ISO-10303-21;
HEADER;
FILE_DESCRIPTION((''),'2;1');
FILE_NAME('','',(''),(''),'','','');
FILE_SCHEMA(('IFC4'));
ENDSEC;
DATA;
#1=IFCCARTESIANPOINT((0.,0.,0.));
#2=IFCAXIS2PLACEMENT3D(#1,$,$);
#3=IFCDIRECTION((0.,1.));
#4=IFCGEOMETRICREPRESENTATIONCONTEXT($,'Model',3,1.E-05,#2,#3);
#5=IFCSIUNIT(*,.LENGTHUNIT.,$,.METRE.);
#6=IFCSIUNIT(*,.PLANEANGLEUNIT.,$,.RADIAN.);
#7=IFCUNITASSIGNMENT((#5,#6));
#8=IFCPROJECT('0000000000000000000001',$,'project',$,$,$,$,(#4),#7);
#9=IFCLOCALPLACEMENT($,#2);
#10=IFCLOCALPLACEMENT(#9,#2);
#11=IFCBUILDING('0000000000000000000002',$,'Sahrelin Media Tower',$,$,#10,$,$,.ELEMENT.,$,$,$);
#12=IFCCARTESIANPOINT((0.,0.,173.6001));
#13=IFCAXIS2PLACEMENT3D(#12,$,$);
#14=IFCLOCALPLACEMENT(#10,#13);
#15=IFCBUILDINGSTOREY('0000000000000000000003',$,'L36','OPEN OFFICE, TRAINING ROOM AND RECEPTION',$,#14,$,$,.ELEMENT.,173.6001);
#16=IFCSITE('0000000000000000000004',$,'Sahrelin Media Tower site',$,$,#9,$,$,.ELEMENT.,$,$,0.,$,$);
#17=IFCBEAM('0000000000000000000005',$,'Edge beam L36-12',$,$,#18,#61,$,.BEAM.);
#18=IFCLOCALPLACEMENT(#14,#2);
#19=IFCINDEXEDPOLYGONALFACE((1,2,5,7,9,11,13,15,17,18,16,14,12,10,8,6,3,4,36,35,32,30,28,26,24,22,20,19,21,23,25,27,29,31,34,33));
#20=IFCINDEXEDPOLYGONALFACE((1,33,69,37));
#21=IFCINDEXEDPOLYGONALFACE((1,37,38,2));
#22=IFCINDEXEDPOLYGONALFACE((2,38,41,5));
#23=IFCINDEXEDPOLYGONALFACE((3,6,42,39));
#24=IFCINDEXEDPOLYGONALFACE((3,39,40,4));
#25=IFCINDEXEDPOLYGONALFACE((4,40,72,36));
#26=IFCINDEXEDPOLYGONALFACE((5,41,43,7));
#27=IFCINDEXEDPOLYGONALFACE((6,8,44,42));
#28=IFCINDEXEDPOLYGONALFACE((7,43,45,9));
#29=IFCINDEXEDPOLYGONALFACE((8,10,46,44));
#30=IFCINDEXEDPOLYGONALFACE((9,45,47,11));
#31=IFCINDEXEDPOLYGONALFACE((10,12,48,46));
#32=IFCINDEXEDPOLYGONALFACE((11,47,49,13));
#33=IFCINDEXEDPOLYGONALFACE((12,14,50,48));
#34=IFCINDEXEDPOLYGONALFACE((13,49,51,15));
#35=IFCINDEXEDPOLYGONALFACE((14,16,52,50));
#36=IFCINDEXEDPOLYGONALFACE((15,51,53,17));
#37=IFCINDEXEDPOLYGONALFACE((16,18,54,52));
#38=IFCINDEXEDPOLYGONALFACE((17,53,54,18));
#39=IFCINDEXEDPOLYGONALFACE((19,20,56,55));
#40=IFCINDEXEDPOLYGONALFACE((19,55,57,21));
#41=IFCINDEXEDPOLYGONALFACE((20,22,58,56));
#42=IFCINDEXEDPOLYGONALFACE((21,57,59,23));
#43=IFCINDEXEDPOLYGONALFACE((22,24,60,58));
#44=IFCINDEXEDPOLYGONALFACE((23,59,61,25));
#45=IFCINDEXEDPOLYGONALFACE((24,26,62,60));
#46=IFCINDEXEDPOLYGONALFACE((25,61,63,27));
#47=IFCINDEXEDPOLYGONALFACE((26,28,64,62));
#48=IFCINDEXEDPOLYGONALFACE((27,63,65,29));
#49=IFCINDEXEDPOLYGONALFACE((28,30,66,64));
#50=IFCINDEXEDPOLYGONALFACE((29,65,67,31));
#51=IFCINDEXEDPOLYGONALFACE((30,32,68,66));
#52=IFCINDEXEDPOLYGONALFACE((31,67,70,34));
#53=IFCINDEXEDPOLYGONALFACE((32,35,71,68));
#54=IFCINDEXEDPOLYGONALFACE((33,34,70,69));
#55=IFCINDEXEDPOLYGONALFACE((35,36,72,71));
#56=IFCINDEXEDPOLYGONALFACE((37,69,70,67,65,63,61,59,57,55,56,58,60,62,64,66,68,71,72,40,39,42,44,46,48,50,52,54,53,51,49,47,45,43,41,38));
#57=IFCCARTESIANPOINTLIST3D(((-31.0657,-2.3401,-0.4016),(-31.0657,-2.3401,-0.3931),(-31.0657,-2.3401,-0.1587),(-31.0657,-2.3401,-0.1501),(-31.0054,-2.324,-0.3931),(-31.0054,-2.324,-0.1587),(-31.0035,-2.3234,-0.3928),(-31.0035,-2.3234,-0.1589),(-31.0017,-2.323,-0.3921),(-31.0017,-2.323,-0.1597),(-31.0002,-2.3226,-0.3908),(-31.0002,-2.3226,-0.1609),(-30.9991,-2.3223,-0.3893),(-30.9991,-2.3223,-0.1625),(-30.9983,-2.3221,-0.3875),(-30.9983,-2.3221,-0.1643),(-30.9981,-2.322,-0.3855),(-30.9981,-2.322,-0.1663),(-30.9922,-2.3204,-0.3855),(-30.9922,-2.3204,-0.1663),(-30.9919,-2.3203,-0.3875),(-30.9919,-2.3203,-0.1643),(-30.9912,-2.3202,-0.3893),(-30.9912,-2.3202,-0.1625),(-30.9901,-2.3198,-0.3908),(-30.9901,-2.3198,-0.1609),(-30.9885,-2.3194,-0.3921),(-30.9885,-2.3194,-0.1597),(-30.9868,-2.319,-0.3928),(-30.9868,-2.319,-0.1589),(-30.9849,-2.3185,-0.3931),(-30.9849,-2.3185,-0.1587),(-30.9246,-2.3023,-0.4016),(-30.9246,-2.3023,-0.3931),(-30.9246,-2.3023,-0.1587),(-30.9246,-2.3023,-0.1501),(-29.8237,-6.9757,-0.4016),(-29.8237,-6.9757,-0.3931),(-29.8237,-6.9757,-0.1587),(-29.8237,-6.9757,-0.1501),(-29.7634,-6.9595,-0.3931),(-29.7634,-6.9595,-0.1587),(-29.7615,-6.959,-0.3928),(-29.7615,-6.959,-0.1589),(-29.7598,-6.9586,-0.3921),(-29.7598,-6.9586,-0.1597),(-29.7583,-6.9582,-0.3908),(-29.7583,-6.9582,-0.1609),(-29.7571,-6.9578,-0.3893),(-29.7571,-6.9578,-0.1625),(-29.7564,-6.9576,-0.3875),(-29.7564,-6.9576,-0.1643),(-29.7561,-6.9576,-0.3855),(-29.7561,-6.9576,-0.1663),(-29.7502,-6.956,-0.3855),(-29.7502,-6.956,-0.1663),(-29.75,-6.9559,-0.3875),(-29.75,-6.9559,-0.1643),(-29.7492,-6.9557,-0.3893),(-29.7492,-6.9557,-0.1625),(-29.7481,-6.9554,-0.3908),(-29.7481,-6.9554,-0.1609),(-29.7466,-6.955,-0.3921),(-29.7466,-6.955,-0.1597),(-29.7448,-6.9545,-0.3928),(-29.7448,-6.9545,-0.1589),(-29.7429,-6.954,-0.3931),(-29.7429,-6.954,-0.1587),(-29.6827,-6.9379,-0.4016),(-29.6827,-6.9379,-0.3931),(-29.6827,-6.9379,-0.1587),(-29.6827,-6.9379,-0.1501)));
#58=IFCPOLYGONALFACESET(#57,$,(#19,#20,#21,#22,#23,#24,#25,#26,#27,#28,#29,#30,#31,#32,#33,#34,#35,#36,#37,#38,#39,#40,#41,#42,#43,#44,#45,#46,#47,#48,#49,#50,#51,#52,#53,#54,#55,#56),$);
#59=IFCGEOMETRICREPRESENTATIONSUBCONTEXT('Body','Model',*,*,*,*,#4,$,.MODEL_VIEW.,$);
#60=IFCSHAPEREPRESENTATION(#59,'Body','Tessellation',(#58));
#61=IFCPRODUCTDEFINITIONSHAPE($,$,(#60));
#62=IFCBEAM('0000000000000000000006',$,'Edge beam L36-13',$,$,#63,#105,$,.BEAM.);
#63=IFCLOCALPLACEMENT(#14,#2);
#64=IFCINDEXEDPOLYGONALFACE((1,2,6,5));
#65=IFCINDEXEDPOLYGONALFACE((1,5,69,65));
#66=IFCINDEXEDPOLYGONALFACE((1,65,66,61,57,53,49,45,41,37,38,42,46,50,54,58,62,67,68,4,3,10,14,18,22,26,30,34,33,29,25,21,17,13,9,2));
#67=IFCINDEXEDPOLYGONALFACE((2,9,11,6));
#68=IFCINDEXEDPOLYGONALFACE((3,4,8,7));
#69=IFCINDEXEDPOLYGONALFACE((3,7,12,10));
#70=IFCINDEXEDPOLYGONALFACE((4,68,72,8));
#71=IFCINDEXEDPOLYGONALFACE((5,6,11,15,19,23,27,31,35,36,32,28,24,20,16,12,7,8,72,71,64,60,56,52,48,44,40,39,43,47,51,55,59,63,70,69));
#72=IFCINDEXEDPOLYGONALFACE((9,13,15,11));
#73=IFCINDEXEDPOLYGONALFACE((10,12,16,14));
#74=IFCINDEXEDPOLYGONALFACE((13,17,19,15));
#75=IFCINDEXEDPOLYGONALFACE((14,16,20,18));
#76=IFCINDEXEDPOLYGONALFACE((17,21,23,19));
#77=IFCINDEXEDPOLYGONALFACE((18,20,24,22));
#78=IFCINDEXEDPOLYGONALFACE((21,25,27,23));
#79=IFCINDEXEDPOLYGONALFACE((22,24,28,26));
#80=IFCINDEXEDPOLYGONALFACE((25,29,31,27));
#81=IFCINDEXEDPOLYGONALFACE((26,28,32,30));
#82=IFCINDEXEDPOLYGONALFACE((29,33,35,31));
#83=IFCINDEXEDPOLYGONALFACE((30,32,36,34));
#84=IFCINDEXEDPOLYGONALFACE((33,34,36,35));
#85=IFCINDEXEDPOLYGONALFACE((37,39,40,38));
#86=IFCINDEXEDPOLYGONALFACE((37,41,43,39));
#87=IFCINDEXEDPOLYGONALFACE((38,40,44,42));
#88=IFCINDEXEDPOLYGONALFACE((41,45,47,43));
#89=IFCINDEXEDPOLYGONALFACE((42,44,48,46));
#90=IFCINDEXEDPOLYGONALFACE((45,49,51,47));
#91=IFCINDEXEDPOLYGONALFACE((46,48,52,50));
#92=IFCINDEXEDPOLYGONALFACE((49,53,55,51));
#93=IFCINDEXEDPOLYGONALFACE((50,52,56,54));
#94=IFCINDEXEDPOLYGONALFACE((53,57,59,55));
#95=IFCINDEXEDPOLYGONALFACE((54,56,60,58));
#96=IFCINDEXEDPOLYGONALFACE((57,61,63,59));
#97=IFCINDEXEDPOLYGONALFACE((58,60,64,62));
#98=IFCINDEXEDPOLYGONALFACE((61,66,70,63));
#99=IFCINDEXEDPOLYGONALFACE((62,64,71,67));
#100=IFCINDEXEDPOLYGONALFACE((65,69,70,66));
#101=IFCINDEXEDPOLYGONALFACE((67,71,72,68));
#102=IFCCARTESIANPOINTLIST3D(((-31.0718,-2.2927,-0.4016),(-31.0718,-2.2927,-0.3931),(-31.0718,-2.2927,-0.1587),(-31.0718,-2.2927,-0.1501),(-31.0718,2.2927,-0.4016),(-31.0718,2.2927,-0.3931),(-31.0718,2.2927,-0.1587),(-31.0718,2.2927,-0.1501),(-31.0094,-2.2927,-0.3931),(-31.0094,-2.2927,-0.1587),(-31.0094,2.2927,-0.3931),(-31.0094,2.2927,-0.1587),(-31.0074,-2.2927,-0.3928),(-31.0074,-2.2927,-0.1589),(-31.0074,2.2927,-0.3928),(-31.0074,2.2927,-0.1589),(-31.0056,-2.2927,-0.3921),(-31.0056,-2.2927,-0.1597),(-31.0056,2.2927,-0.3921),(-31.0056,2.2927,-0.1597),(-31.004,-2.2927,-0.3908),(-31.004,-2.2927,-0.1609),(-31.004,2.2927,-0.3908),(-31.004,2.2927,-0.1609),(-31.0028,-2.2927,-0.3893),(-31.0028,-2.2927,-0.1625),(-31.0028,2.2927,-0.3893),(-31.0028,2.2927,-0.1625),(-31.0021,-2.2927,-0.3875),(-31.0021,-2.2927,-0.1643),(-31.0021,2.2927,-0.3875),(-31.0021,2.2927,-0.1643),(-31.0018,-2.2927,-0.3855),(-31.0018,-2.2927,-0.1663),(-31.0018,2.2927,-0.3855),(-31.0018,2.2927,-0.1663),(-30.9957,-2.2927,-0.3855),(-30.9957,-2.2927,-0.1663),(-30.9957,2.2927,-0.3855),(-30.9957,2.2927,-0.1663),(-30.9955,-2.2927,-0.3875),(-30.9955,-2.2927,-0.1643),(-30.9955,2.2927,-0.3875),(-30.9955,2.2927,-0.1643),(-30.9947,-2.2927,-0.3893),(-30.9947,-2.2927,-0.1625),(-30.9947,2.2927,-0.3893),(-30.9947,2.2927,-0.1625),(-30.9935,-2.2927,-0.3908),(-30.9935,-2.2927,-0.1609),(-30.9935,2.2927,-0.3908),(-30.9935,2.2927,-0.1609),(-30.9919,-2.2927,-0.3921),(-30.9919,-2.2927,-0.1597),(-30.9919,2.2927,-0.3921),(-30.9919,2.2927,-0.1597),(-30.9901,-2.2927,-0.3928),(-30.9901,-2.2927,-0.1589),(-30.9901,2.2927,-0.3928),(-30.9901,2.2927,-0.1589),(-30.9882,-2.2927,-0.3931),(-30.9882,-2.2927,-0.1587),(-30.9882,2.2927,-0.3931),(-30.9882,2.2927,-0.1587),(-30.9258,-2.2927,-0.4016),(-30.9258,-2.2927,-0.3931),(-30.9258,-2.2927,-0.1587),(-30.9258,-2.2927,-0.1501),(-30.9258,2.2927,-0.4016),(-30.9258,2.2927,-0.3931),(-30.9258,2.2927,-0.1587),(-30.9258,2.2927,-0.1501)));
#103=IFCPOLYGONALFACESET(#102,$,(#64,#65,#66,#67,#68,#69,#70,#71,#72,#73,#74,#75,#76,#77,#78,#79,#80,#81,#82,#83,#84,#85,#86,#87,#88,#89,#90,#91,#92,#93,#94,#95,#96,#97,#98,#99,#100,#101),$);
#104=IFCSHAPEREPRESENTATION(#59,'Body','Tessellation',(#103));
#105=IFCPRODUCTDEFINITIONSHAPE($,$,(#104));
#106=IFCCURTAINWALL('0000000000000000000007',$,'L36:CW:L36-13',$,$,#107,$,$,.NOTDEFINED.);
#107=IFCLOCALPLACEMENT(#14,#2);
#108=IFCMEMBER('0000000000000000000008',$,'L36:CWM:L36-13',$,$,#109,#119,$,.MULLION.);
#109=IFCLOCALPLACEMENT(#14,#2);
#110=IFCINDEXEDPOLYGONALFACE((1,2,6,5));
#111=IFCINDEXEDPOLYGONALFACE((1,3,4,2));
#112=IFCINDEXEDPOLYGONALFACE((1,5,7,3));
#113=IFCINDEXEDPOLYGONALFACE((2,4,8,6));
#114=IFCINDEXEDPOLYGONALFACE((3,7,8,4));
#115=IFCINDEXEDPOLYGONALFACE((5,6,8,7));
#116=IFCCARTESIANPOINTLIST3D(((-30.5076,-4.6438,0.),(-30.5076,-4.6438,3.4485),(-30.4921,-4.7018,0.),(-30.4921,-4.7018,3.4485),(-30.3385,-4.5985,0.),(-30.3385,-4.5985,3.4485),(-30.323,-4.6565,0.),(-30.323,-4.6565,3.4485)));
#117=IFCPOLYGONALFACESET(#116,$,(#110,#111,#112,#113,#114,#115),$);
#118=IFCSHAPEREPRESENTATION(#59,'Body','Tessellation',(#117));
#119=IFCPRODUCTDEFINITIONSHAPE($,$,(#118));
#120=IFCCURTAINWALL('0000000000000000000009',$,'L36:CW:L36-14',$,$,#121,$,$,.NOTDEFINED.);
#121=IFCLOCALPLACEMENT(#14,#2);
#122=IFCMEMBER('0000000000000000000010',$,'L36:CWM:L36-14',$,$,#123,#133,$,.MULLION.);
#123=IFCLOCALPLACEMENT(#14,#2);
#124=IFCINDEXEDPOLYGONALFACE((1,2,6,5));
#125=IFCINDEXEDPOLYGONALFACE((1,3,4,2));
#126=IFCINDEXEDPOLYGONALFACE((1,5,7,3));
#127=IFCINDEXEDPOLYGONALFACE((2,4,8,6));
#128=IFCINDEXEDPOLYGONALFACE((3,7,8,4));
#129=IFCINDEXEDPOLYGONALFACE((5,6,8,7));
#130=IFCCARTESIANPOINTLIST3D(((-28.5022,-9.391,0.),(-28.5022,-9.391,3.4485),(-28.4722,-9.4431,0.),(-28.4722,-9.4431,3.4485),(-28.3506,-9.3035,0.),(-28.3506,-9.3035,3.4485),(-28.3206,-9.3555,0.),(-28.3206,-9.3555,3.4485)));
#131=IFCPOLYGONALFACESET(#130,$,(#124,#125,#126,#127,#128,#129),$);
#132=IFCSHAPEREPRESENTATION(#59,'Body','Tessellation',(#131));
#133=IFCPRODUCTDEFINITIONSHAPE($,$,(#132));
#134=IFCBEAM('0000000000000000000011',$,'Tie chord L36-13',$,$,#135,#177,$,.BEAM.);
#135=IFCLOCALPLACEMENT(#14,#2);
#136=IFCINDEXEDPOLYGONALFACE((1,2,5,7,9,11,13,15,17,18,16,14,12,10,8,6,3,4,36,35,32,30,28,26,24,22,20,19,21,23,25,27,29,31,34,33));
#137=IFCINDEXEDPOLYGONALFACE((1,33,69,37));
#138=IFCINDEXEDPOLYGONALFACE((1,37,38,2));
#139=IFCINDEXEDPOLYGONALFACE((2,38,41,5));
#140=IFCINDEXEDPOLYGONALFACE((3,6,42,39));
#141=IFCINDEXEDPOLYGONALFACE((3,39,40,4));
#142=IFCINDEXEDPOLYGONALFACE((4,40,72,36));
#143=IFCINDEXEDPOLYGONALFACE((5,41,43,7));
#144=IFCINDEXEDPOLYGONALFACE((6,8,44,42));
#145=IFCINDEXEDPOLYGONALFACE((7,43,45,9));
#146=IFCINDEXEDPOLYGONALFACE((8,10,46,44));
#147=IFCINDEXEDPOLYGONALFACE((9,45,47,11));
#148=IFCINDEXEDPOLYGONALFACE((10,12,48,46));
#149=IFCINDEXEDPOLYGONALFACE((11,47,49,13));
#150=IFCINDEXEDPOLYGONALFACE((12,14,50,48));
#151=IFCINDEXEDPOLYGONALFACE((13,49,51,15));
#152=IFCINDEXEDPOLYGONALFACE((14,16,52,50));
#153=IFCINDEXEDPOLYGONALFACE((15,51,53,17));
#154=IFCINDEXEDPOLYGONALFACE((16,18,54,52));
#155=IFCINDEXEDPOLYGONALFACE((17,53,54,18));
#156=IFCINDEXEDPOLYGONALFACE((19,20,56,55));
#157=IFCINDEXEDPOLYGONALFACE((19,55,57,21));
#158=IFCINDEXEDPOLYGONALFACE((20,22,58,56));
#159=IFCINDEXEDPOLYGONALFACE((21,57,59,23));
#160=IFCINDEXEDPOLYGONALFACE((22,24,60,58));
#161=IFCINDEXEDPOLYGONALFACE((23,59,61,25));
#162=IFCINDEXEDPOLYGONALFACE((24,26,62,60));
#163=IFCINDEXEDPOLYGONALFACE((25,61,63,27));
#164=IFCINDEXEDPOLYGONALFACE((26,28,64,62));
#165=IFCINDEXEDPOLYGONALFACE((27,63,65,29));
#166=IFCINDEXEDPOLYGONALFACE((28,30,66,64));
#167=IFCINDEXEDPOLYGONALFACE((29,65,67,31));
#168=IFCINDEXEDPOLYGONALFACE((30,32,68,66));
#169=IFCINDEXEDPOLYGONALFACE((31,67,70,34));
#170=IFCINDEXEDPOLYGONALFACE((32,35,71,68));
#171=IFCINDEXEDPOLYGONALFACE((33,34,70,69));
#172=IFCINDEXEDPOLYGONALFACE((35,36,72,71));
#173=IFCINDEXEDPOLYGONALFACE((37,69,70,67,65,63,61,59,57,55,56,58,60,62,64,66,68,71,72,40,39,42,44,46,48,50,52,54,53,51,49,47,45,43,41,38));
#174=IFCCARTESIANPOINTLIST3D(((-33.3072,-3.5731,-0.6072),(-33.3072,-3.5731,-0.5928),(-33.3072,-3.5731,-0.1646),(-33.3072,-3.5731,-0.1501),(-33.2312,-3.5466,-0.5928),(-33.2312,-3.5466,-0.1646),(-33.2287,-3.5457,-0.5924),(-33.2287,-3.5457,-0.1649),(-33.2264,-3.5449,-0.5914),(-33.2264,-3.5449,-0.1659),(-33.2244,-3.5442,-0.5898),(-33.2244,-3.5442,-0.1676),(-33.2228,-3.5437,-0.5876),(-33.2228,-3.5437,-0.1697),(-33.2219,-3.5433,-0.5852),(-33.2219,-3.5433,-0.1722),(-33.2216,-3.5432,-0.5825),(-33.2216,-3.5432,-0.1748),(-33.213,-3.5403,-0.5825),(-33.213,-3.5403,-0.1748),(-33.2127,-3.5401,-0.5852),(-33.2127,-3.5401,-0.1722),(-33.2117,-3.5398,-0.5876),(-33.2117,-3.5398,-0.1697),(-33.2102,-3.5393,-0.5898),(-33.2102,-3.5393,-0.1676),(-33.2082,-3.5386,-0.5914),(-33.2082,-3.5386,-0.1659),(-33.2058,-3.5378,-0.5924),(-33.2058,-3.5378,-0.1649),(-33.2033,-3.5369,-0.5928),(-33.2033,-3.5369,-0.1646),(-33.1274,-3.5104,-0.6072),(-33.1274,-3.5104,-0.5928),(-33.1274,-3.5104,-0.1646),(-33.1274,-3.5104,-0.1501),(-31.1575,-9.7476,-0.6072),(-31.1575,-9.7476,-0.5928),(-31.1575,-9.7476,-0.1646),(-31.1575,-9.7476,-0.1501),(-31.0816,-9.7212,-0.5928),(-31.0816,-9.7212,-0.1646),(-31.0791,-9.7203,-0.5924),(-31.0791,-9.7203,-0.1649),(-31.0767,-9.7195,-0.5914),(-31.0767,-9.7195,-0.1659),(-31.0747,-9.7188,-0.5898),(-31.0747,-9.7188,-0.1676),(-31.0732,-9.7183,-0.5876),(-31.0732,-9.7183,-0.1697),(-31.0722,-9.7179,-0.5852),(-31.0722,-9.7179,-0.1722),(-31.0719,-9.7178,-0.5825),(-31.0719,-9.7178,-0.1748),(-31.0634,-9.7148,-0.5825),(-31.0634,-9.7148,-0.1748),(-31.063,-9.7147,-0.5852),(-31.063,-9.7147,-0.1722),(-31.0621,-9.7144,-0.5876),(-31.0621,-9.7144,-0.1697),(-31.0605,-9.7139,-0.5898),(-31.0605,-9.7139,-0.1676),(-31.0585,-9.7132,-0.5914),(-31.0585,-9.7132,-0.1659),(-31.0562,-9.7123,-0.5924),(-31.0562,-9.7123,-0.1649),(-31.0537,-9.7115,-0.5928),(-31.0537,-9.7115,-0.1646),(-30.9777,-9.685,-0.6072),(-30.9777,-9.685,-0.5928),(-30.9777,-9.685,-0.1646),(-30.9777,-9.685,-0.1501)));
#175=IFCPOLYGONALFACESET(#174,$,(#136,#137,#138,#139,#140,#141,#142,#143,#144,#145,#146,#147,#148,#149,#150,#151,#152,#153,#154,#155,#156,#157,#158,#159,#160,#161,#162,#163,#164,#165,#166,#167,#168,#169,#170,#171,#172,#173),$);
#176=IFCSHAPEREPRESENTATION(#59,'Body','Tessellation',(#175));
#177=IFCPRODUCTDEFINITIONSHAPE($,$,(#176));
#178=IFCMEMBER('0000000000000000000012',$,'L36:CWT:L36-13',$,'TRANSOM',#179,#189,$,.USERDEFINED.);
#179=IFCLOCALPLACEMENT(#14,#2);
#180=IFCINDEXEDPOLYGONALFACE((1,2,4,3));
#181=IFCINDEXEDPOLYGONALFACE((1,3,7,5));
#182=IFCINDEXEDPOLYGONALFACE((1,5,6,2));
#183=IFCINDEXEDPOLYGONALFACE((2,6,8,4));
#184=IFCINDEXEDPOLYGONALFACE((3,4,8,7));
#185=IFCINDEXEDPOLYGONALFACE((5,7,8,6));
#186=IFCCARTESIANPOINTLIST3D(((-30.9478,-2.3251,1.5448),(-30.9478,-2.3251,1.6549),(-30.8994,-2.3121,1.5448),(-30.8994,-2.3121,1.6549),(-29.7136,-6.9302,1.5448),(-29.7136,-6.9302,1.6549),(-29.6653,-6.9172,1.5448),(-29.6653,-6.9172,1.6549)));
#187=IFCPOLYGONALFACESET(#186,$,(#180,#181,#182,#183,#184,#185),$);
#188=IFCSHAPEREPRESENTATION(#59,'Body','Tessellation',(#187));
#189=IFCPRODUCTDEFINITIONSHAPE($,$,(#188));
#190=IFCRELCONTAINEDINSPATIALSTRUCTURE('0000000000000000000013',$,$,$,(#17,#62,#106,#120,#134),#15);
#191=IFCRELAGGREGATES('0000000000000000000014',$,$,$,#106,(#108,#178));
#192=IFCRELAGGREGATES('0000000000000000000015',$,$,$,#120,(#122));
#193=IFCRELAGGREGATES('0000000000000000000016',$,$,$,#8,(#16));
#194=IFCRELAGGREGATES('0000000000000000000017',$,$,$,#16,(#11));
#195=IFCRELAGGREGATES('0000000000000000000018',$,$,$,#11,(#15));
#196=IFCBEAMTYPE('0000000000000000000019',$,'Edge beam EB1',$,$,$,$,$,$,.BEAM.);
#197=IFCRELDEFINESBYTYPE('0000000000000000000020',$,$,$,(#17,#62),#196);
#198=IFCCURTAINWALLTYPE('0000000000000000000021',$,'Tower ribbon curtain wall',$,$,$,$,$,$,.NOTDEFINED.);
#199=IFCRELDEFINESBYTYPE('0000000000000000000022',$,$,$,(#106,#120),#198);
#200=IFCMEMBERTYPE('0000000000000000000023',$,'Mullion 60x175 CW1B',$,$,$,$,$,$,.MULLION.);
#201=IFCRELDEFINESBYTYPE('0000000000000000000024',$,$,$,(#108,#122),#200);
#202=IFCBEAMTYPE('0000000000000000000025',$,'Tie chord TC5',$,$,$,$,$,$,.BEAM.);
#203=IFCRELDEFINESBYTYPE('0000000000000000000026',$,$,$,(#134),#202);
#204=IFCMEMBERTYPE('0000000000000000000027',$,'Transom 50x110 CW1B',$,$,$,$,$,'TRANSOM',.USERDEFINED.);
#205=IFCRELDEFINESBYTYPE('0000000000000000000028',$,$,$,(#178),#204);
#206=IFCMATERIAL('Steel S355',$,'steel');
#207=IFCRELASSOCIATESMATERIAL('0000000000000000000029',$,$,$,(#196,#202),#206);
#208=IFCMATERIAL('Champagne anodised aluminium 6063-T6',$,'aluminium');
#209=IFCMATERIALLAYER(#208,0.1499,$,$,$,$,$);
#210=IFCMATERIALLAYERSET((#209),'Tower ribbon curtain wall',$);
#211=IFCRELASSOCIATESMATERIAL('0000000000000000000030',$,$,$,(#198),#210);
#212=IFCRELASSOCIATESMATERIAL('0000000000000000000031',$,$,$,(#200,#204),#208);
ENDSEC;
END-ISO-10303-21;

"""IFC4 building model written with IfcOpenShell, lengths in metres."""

from ifc_helpers import new_model, si_unit, direction, frame, origin, origin_2d, place, context, subcontext, project, spatial, rectangle, i_section, extrude, material, layer, layer_set, material_profile, profile_set, type_object, element, aggregate, save


model = new_model("IFC4")

# Units and contexts
model_context = context("Model", 3, precision=1e-05, world=origin(), true_north=direction((0.0, 1.0)))
body_context = subcontext(model_context, "Body", "Model", "MODEL_VIEW")
ifc_project = project(units=[si_unit("LENGTHUNIT", "METRE"), si_unit("PLANEANGLEUNIT", "RADIAN")], contexts=[model_context])

# Site, building, storey
site_placement = place(None, origin())
site = spatial("IfcSite", under=ifc_project, at=site_placement, Name="Sahrelin Media Tower site", CompositionType="ELEMENT", RefElevation=0.0)
building_placement = place(site_placement, origin())
building = spatial("IfcBuilding", under=site, at=building_placement, Name="Sahrelin Media Tower", CompositionType="ELEMENT")
storey_placement = place(building_placement, frame((0.0, 0.0, 173.6001)))
storey = spatial("IfcBuildingStorey", under=building, at=storey_placement, Name="L36", Description="OPEN OFFICE, TRAINING ROOM AND RECEPTION", CompositionType="ELEMENT", Elevation=173.6001)

# Beams
ifc_material_1 = material(Name="Steel S355", Category="steel")
ifc_material_profile_1 = material_profile(ifc_material_1, i_section(OverallWidth=0.146, OverallDepth=0.2515, WebThickness=0.0061, FlangeThickness=0.0085, FilletRadius=0.0076, at=origin_2d()), Name="UB 254x146x31")
ifc_profile_set_1 = profile_set([ifc_material_profile_1], Name="Steel S355")
beam_type_1 = type_object("IfcBeamType", Name="Edge beam EB1", PredefinedType="BEAM", material=ifc_profile_set_1)
beam_1_placement = place(storey_placement, frame((-29.7532, -6.9568, -0.2759), z_axis=(-0.258793, 0.965933, 0.0), x_axis=(-0.965933, -0.258793, 0.0)))
element("IfcBeam", 1, at=beam_1_placement, inside=storey, type_object=beam_type_1, Name="Edge beam L36-12", PredefinedType="BEAM", context=body_context, shape_type="SweptSolid", body=[
    extrude(i_section(OverallWidth=0.146, OverallDepth=0.2515, WebThickness=0.0061, FlangeThickness=0.0085, FilletRadius=0.0076, at=origin_2d()), origin(), (0.0, 0.0, 1.0), 4.7991),
])
beam_2_placement = place(storey_placement, frame((-30.9988, -2.2927, -0.2759), z_axis=(0.0, 1.0, 0.0), x_axis=(-1.0, 0.0, 0.0)))
element("IfcBeam", 2, at=beam_2_placement, inside=storey, type_object=beam_type_1, Name="Edge beam L36-13", PredefinedType="BEAM", context=body_context, shape_type="SweptSolid", body=[
    extrude(i_section(OverallWidth=0.146, OverallDepth=0.2515, WebThickness=0.0061, FlangeThickness=0.0085, FilletRadius=0.0076, at=origin_2d()), origin(), (0.0, 0.0, 1.0), 4.5854),
])

# Curtain walls, members
ifc_material_2 = material(Name="Champagne anodised aluminium 6063-T6", Category="aluminium")
ifc_layer_1 = layer(ifc_material_2, 0.1499)
ifc_layer_set_1 = layer_set([ifc_layer_1], Name="Tower ribbon curtain wall")
curtain_wall_type = type_object("IfcCurtainWallType", Name="Tower ribbon curtain wall", PredefinedType="NOTDEFINED", material=ifc_layer_set_1)
curtain_wall_1_placement = place(storey_placement, frame((-30.519, -4.678, 0.0), z_axis=(0.0, 0.0, 1.0), x_axis=(1.0, 0.0, 0.0)))
curtain_wall_1 = element("IfcCurtainWall", 3, at=curtain_wall_1_placement, inside=storey, type_object=curtain_wall_type, Name="L36:CW:L36-13", PredefinedType="NOTDEFINED")
ifc_material_profile_2 = material_profile(ifc_material_2, rectangle(XDim=0.0601, YDim=0.175, at=origin_2d()), Name="Mullion 60x175")
ifc_profile_set_2 = profile_set([ifc_material_profile_2], Name="Champagne anodised aluminium 6063-T6")
member_type_1 = type_object("IfcMemberType", Name="Mullion 60x175 CW1B", PredefinedType="MULLION", material=ifc_profile_set_2)
member_1_placement = place(storey_placement, frame((-30.4153, -4.6501, 0.0), z_axis=(0.0, 0.0, 1.0), x_axis=(0.258821, -0.965925, 0.0)))
member_1 = element("IfcMember", 4, at=member_1_placement, type_object=member_type_1, Name="L36:CWM:L36-13", PredefinedType="MULLION", context=body_context, shape_type="SweptSolid", body=[
    extrude(rectangle(XDim=0.0601, YDim=0.175, at=origin_2d()), origin(), (0.0, 0.0, 1.0), 3.4485),
])
curtain_wall_2_placement = place(storey_placement, frame((-28.5044, -9.427, 0.0), z_axis=(0.0, 0.0, 1.0), x_axis=(1.0, 0.0, 0.0)))
curtain_wall_2 = element("IfcCurtainWall", 5, at=curtain_wall_2_placement, inside=storey, type_object=curtain_wall_type, Name="L36:CW:L36-14", PredefinedType="NOTDEFINED")
member_2_placement = place(storey_placement, frame((-28.4114, -9.3733, 0.0), z_axis=(0.0, 0.0, 1.0), x_axis=(0.5, -0.866025, 0.0)))
member_2 = element("IfcMember", 6, at=member_2_placement, type_object=member_type_1, Name="L36:CWM:L36-14", PredefinedType="MULLION", context=body_context, shape_type="SweptSolid", body=[
    extrude(rectangle(XDim=0.0601, YDim=0.175, at=origin_2d()), origin(), (0.0, 0.0, 1.0), 3.4485),
])

# Beam
ifc_material_profile_3 = material_profile(ifc_material_1, i_section(OverallWidth=0.1904, OverallDepth=0.457, WebThickness=0.009, FlangeThickness=0.0144, FilletRadius=0.0103, at=origin_2d()), Name="UB 457x191x74")
ifc_profile_set_3 = profile_set([ifc_material_profile_3], Name="Steel S355")
beam_type_2 = type_object("IfcBeamType", Name="Tie chord TC5", PredefinedType="BEAM", material=ifc_profile_set_3)
beam_3_placement = place(storey_placement, frame((-33.2173, -3.5417, -0.3787), z_axis=(0.328791, -0.944403, 0.0), x_axis=(0.944403, 0.328791, 0.0)))
element("IfcBeam", 7, at=beam_3_placement, inside=storey, type_object=beam_type_2, Name="Tie chord L36-13", PredefinedType="BEAM", context=body_context, shape_type="SweptSolid", body=[
    extrude(i_section(OverallWidth=0.1904, OverallDepth=0.457, WebThickness=0.009, FlangeThickness=0.0144, FilletRadius=0.0103, at=origin_2d()), origin(), (0.0, 0.0, 1.0), 6.5381),
])

# Member
ifc_material_profile_4 = material_profile(ifc_material_2, rectangle(XDim=0.05, YDim=0.1101, at=origin_2d()), Name="Transom 50x110")
ifc_profile_set_4 = profile_set([ifc_material_profile_4], Name="Champagne anodised aluminium 6063-T6")
member_type_2 = type_object("IfcMemberType", Name="Transom 50x110 CW1B", ElementType="TRANSOM", PredefinedType="USERDEFINED", material=ifc_profile_set_4)
member_3_placement = place(storey_placement, frame((-30.9236, -2.3186, 1.5999), z_axis=(0.258864, -0.965914, 0.0), x_axis=(0.965914, 0.258864, 0.0)))
member_3 = element("IfcMember", 8, at=member_3_placement, type_object=member_type_2, Name="L36:CWT:L36-13", ObjectType="TRANSOM", PredefinedType="USERDEFINED", context=body_context, shape_type="SweptSolid", body=[
    extrude(rectangle(XDim=0.05, YDim=0.1101, at=origin_2d()), origin(), (0.0, 0.0, 1.0), 4.7676),
])

aggregate(curtain_wall_1, [member_1, member_3])
aggregate(curtain_wall_2, [member_2])

save(model, "model.ifc")
